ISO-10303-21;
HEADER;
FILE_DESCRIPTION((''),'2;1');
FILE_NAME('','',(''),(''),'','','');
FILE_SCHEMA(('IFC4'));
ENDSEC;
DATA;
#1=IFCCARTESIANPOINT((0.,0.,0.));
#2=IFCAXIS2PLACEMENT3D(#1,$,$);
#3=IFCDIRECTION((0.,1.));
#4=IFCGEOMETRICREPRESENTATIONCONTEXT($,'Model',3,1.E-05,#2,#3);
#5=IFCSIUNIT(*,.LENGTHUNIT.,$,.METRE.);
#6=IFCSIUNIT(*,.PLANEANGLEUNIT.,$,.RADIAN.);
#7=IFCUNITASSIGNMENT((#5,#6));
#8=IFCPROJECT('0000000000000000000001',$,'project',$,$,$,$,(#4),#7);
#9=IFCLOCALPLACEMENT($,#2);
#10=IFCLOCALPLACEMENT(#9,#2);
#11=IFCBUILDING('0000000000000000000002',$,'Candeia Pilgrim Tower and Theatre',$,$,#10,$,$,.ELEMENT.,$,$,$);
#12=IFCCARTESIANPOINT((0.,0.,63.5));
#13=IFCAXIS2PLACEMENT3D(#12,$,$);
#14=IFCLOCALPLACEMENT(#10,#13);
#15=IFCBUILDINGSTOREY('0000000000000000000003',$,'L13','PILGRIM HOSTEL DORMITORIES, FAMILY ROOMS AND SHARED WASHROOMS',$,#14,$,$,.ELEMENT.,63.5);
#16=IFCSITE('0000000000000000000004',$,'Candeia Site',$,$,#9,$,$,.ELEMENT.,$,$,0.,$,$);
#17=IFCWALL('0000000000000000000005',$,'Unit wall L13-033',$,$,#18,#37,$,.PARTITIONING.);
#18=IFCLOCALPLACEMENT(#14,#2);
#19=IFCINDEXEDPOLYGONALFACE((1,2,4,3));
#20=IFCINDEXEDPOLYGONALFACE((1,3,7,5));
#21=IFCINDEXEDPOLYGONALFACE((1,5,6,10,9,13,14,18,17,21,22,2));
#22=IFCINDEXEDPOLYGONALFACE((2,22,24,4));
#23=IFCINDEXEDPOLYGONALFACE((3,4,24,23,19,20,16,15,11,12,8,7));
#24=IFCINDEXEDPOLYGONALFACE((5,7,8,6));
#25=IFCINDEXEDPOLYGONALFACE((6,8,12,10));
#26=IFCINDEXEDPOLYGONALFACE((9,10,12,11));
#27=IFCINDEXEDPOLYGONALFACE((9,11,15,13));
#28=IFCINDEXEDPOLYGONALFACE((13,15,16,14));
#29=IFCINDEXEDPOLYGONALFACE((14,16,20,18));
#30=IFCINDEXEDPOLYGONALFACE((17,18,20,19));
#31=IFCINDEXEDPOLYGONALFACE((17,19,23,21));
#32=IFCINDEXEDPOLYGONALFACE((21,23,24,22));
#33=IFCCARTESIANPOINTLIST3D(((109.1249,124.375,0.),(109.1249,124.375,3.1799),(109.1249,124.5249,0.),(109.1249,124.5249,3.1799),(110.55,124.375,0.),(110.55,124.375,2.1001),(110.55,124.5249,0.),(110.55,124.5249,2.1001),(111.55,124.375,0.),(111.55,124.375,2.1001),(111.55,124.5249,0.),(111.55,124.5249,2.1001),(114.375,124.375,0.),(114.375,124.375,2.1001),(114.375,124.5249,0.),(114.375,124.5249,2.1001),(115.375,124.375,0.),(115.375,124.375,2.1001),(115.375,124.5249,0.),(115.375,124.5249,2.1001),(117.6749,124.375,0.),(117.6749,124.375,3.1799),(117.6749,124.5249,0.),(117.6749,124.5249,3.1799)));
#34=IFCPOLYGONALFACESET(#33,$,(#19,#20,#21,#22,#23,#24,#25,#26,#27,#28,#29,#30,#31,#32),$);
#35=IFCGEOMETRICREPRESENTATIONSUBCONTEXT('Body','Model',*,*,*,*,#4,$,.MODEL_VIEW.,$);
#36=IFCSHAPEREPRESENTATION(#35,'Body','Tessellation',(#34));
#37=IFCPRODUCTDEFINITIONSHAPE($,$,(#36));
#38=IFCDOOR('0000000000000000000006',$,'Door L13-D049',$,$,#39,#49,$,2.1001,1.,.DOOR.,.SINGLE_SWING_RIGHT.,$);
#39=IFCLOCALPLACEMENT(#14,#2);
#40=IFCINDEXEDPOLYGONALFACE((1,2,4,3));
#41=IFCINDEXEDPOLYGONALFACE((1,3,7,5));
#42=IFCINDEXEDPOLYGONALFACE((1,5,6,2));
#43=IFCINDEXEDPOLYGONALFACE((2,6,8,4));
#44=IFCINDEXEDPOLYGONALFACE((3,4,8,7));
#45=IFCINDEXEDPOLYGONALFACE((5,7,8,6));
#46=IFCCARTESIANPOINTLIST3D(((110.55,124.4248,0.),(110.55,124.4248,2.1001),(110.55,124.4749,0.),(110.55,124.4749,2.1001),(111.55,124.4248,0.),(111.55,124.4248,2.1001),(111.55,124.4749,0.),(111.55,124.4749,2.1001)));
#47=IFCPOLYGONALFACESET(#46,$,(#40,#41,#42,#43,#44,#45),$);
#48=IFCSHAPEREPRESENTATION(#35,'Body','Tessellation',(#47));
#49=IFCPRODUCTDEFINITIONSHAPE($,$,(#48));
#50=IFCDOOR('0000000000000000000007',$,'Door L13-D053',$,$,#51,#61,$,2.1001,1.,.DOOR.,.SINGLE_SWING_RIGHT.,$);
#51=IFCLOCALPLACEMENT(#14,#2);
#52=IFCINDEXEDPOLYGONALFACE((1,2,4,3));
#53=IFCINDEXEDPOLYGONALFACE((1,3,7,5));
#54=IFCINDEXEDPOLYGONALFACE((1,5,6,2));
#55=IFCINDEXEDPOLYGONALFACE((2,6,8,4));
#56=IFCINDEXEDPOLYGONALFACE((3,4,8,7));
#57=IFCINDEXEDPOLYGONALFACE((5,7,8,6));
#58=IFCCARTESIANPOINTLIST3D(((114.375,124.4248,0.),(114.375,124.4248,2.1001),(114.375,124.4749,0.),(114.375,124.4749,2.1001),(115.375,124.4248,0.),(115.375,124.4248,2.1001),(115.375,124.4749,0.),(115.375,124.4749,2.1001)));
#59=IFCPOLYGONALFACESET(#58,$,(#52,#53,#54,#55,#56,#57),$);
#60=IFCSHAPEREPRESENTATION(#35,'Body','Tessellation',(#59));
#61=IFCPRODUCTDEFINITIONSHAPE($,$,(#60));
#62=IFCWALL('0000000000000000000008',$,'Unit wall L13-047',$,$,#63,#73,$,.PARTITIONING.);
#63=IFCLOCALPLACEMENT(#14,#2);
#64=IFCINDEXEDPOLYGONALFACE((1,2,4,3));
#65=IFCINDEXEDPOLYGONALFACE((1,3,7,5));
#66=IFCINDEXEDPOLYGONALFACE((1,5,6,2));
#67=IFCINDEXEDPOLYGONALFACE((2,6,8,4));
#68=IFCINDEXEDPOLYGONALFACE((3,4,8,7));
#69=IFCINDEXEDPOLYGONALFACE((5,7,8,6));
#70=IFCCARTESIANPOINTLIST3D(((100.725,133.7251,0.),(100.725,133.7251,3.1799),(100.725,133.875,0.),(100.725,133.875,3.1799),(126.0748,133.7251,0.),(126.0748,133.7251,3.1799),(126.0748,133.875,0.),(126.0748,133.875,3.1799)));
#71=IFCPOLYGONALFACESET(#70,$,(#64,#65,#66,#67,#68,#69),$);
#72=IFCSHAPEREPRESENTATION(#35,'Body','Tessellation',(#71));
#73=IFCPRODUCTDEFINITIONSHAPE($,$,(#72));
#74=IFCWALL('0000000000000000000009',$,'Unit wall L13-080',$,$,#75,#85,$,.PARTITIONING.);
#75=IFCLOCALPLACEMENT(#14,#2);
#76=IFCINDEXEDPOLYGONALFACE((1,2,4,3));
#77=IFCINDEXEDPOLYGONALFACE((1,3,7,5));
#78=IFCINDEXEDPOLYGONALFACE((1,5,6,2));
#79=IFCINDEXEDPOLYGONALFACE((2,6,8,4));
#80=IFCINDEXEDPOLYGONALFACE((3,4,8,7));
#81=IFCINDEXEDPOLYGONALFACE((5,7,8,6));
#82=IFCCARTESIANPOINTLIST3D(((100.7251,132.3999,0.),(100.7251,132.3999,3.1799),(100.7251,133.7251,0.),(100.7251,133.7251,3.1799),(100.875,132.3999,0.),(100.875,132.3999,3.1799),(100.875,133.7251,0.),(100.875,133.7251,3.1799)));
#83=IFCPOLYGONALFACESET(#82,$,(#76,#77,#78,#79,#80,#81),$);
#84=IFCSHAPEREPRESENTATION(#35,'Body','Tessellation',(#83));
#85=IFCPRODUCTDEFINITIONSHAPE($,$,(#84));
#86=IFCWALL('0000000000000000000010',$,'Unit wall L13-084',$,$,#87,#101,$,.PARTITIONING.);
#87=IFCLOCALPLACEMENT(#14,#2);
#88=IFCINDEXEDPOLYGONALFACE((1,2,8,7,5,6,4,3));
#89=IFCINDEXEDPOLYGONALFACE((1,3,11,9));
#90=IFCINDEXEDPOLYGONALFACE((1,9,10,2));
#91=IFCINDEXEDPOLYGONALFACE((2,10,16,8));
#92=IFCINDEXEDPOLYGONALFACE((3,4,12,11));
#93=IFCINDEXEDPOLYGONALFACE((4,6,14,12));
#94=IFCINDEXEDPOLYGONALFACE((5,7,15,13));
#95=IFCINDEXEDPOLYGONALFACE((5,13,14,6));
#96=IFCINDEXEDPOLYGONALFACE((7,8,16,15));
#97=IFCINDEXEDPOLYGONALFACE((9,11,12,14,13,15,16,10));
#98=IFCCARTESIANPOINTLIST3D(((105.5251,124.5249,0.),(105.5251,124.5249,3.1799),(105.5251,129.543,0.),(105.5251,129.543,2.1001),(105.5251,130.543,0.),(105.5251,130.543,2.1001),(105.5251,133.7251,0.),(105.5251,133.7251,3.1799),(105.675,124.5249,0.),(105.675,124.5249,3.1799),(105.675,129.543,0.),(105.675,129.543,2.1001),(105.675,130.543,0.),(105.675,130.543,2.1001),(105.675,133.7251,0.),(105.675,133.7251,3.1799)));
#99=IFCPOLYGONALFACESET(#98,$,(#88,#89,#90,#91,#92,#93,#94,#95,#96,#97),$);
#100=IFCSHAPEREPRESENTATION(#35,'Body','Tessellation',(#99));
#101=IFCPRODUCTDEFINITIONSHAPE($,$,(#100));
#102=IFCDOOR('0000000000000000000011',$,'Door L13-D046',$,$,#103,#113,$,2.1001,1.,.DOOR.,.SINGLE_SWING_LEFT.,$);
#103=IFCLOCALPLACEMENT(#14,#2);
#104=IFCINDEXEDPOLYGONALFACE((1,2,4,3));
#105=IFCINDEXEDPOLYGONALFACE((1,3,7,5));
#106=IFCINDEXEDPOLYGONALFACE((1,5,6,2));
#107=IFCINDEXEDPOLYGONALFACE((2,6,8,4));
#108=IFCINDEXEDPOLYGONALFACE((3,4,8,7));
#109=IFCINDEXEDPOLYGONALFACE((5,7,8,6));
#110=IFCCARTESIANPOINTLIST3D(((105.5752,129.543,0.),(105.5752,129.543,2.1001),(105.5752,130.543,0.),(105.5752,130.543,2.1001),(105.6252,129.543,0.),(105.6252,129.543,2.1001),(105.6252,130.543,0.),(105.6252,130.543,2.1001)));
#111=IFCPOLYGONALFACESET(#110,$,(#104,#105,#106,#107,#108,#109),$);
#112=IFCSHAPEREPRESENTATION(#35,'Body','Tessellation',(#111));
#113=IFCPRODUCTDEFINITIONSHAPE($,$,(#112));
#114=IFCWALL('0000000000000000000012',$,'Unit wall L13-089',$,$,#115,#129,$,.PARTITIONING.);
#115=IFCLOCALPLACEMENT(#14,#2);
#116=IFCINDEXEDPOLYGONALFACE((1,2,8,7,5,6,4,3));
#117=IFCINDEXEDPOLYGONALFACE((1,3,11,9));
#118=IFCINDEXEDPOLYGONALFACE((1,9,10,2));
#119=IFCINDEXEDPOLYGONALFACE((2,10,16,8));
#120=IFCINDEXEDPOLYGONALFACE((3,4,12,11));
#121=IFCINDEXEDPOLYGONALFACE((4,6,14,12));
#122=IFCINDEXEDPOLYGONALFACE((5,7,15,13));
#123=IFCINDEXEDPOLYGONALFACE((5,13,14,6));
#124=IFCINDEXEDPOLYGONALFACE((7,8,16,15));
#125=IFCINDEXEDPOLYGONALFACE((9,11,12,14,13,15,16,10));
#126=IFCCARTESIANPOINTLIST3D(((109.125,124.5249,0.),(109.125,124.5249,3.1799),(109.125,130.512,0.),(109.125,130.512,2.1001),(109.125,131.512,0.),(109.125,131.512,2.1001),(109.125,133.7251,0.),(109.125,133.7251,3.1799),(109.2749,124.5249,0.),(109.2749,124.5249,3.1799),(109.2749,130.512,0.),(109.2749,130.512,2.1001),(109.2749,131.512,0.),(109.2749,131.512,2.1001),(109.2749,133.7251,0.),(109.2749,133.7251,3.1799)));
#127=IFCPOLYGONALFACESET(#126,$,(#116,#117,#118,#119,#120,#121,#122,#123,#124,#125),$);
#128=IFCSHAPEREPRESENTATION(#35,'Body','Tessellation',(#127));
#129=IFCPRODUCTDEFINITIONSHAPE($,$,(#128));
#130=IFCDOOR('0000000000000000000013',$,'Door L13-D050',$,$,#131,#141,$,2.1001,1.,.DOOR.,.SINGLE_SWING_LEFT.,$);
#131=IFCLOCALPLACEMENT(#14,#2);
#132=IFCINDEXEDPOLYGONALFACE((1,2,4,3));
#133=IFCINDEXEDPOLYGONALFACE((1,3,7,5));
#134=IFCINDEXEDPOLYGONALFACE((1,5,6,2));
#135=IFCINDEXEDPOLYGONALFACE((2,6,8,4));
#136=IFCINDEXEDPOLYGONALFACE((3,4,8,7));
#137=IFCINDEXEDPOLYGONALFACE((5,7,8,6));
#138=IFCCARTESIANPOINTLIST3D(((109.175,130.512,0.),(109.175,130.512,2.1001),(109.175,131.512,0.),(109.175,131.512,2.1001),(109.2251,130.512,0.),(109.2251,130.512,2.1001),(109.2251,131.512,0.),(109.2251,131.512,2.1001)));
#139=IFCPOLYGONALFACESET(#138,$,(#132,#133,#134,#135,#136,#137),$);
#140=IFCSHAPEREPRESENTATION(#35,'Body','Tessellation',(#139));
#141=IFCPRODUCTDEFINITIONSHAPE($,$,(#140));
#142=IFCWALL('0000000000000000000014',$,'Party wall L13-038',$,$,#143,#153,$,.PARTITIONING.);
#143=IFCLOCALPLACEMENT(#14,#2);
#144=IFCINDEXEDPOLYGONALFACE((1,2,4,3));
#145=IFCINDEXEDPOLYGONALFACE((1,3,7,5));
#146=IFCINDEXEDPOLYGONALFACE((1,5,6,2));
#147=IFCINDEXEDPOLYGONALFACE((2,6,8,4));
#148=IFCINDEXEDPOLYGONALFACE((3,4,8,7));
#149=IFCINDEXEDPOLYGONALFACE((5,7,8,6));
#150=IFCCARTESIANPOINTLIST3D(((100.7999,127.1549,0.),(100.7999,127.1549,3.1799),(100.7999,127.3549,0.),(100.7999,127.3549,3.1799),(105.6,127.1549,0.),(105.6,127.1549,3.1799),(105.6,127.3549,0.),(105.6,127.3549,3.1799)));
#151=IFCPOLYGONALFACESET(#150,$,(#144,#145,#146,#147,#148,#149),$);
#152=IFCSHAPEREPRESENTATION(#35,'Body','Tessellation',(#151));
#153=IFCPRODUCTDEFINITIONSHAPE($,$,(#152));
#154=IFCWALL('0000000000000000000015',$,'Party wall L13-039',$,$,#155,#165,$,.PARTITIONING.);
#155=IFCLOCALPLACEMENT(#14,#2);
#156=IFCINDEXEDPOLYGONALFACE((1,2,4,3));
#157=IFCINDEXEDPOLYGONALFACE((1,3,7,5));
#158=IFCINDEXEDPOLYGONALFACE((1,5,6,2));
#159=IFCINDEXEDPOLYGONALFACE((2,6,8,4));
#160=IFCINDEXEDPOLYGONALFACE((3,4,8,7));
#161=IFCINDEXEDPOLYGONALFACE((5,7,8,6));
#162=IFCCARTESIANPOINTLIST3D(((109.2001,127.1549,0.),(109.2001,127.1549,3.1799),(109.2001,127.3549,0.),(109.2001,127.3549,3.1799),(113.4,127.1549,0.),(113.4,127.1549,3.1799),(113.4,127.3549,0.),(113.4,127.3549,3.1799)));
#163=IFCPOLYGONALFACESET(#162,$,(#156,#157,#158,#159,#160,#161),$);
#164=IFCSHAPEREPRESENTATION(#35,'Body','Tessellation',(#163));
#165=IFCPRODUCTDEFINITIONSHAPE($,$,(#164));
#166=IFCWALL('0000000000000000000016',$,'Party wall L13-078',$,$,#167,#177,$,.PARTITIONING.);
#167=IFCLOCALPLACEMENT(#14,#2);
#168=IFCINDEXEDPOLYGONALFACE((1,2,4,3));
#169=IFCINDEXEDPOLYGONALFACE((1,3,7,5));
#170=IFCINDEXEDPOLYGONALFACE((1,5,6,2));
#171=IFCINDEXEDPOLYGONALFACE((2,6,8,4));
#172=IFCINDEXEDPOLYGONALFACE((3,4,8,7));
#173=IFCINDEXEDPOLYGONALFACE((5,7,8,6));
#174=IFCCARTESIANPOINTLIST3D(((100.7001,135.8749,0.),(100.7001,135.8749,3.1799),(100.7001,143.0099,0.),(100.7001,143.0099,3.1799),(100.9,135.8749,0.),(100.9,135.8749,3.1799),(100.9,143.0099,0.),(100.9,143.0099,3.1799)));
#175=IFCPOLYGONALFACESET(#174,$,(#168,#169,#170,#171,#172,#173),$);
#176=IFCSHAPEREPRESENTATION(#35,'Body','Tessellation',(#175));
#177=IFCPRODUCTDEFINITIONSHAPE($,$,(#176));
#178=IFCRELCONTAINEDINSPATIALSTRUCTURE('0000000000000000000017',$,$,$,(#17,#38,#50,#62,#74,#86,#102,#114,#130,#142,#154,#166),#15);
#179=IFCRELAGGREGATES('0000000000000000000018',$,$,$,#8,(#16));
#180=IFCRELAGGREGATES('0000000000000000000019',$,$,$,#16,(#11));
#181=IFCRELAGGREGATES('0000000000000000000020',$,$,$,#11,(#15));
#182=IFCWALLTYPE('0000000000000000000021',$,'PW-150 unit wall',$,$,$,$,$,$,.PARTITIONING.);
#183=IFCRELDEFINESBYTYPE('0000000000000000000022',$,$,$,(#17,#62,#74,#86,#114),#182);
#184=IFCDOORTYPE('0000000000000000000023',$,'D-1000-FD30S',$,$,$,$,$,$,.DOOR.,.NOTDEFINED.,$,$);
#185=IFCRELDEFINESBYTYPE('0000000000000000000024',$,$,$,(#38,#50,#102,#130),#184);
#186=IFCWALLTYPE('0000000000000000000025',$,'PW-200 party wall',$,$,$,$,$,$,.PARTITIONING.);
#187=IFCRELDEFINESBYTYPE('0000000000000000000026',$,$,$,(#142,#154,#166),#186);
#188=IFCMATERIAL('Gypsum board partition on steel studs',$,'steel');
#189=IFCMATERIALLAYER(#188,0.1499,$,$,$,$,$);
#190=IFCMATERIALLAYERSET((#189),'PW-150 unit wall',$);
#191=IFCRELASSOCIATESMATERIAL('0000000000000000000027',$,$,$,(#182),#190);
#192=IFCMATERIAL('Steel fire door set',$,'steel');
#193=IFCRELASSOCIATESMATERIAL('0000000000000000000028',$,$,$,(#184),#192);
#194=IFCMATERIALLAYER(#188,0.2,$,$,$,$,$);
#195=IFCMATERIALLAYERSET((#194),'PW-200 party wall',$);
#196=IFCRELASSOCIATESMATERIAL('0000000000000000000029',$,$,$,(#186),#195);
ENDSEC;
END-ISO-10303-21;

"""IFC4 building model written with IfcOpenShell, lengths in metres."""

from ifc_helpers import new_model, si_unit, direction, frame, frame_2d, origin, place, context, subcontext, project, spatial, rectangle, extrude, material, layer, layer_set, type_object, element, fill, save


model = new_model("IFC4")

# Units and contexts
model_context = context("Model", 3, precision=1e-05, world=origin(), true_north=direction((0.0, 1.0)))
body_context = subcontext(model_context, "Body", "Model", "MODEL_VIEW")
ifc_project = project(units=[si_unit("LENGTHUNIT", "METRE"), si_unit("PLANEANGLEUNIT", "RADIAN")], contexts=[model_context])

# Site, building, storey
site_placement = place(None, origin())
site = spatial("IfcSite", under=ifc_project, at=site_placement, Name="Candeia Site", CompositionType="ELEMENT", RefElevation=0.0)
building_placement = place(site_placement, origin())
building = spatial("IfcBuilding", under=site, at=building_placement, Name="Candeia Pilgrim Tower and Theatre", CompositionType="ELEMENT")
storey_placement = place(building_placement, frame((0.0, 0.0, 63.5)))
storey = spatial("IfcBuildingStorey", under=building, at=storey_placement, Name="L13", Description="PILGRIM HOSTEL DORMITORIES, FAMILY ROOMS AND SHARED WASHROOMS", CompositionType="ELEMENT", Elevation=63.5)

# Shared definitions
ifc_material_1 = material(Name="Steel fire door set", Category="steel")
ifc_material_2 = material(Name="Gypsum board partition on steel studs", Category="steel")

# Shared definitions
ifc_layer_1 = layer(ifc_material_2, 0.1499)
ifc_layer_set_1 = layer_set([ifc_layer_1], Name="PW-150 unit wall")
wall_type_1 = type_object("IfcWallType", Name="PW-150 unit wall", PredefinedType="PARTITIONING", material=ifc_layer_set_1)

# Shared definitions
door_type_1 = type_object("IfcDoorType", Name="D-1000-FD30S", OperationType="NOTDEFINED", PredefinedType="DOOR", material=ifc_material_1)

# Wall, openings, doors
wall_1_placement = place(storey_placement, frame((109.125, 124.45, 0.0), z_axis=(0.0, 0.0, 1.0), x_axis=(1.0, 0.0, 0.0)))
wall_1 = element("IfcWall", 1, at=wall_1_placement, inside=storey, type_object=wall_type_1, Name="Unit wall L13-033", PredefinedType="PARTITIONING", context=body_context, shape_type="SweptSolid", body=[
    extrude(rectangle(XDim=8.55, YDim=0.1499, at=frame_2d((4.2749, 0.0))), origin(), (0.0, 0.0, 1.0), 3.1799),
])
opening_1_placement = place(wall_1_placement, frame((1.425, 0.0, 0.0)))
opening_1 = element("IfcOpeningElement", 2, at=opening_1_placement, cuts=wall_1, PredefinedType="OPENING", context=body_context, shape_type="SweptSolid", body=[
    extrude(rectangle(XDim=1.0, YDim=2.1001, at=frame_2d((0.5, 1.05))), frame((0.0, 0.085, 0.0), z_axis=(0.0, -1.0, 0.0), x_axis=(1.0, 0.0, 0.0)), (0.0, 0.0, 1.0), 0.1699),
])
opening_2_placement = place(wall_1_placement, frame((5.25, 0.0, 0.0)))
opening_2 = element("IfcOpeningElement", 3, at=opening_2_placement, cuts=wall_1, PredefinedType="OPENING", context=body_context, shape_type="SweptSolid", body=[
    extrude(rectangle(XDim=1.0, YDim=2.1001, at=frame_2d((0.5, 1.05))), frame((0.0, 0.085, 0.0), z_axis=(0.0, -1.0, 0.0), x_axis=(1.0, 0.0, 0.0)), (0.0, 0.0, 1.0), 0.1699),
])
door_1_placement = place(opening_1_placement, origin())
door_1 = element("IfcDoor", 4, at=door_1_placement, inside=storey, type_object=door_type_1, Name="Door L13-D049", OperationType="SINGLE_SWING_RIGHT", OverallHeight=2.1001, OverallWidth=1.0, PredefinedType="DOOR", context=body_context, shape_type="SweptSolid", body=[
    extrude(rectangle(XDim=1.0, YDim=2.1001, at=frame_2d((0.5, 1.05))), frame((0.0, 0.0249, 0.0), z_axis=(0.0, -1.0, 0.0), x_axis=(1.0, 0.0, 0.0)), (0.0, 0.0, 1.0), 0.05),
])
fill(opening_1, door_1)
door_2_placement = place(opening_2_placement, origin())
door_2 = element("IfcDoor", 5, at=door_2_placement, inside=storey, type_object=door_type_1, Name="Door L13-D053", OperationType="SINGLE_SWING_RIGHT", OverallHeight=2.1001, OverallWidth=1.0, PredefinedType="DOOR", context=body_context, shape_type="SweptSolid", body=[
    extrude(rectangle(XDim=1.0, YDim=2.1001, at=frame_2d((0.5, 1.05))), frame((0.0, 0.0249, 0.0), z_axis=(0.0, -1.0, 0.0), x_axis=(1.0, 0.0, 0.0)), (0.0, 0.0, 1.0), 0.05),
])
fill(opening_2, door_2)

# Walls
wall_2_placement = place(storey_placement, frame((100.7251, 133.8, 0.0), z_axis=(0.0, 0.0, 1.0), x_axis=(1.0, 0.0, 0.0)))
element("IfcWall", 6, at=wall_2_placement, inside=storey, type_object=wall_type_1, Name="Unit wall L13-047", PredefinedType="PARTITIONING", context=body_context, shape_type="SweptSolid", body=[
    extrude(rectangle(XDim=25.3499, YDim=0.1499, at=frame_2d((12.6748, 0.0))), origin(), (0.0, 0.0, 1.0), 3.1799),
])
wall_3_placement = place(storey_placement, frame((100.8, 132.3999, 0.0), z_axis=(0.0, 0.0, 1.0), x_axis=(0.0, 1.0, 0.0)))
element("IfcWall", 7, at=wall_3_placement, inside=storey, type_object=wall_type_1, Name="Unit wall L13-080", PredefinedType="PARTITIONING", context=body_context, shape_type="SweptSolid", body=[
    extrude(rectangle(XDim=1.3252, YDim=0.1499, at=frame_2d((0.6626, 0.0))), origin(), (0.0, 0.0, 1.0), 3.1799),
])

# Walls, openings, doors
wall_4_placement = place(storey_placement, frame((105.6001, 124.5249, 0.0), z_axis=(0.0, 0.0, 1.0), x_axis=(0.0, 1.0, 0.0)))
wall_4 = element("IfcWall", 8, at=wall_4_placement, inside=storey, type_object=wall_type_1, Name="Unit wall L13-084", PredefinedType="PARTITIONING", context=body_context, shape_type="SweptSolid", body=[
    extrude(rectangle(XDim=9.2002, YDim=0.1499, at=frame_2d((4.6001, 0.0))), origin(), (0.0, 0.0, 1.0), 3.1799),
])
opening_3_placement = place(wall_4_placement, frame((5.0181, 0.0, 0.0)))
opening_3 = element("IfcOpeningElement", 9, at=opening_3_placement, cuts=wall_4, PredefinedType="OPENING", context=body_context, shape_type="SweptSolid", body=[
    extrude(rectangle(XDim=1.0, YDim=2.1001, at=frame_2d((0.5, 1.05))), frame((0.0, 0.085, 0.0), z_axis=(0.0, -1.0, 0.0), x_axis=(1.0, 0.0, 0.0)), (0.0, 0.0, 1.0), 0.1699),
])
door_3_placement = place(opening_3_placement, origin())
door_3 = element("IfcDoor", 10, at=door_3_placement, inside=storey, type_object=door_type_1, Name="Door L13-D046", OperationType="SINGLE_SWING_LEFT", OverallHeight=2.1001, OverallWidth=1.0, PredefinedType="DOOR", context=body_context, shape_type="SweptSolid", body=[
    extrude(rectangle(XDim=1.0, YDim=2.1001, at=frame_2d((0.5, 1.05))), frame((0.0, 0.0249, 0.0), z_axis=(0.0, -1.0, 0.0), x_axis=(1.0, 0.0, 0.0)), (0.0, 0.0, 1.0), 0.05),
])
fill(opening_3, door_3)
wall_5_placement = place(storey_placement, frame((109.2, 124.5249, 0.0), z_axis=(0.0, 0.0, 1.0), x_axis=(0.0, 1.0, 0.0)))
wall_5 = element("IfcWall", 11, at=wall_5_placement, inside=storey, type_object=wall_type_1, Name="Unit wall L13-089", PredefinedType="PARTITIONING", context=body_context, shape_type="SweptSolid", body=[
    extrude(rectangle(XDim=9.2002, YDim=0.1499, at=frame_2d((4.6001, 0.0))), origin(), (0.0, 0.0, 1.0), 3.1799),
])
opening_4_placement = place(wall_5_placement, frame((5.9871, 0.0, 0.0)))
opening_4 = element("IfcOpeningElement", 12, at=opening_4_placement, cuts=wall_5, PredefinedType="OPENING", context=body_context, shape_type="SweptSolid", body=[
    extrude(rectangle(XDim=1.0, YDim=2.1001, at=frame_2d((0.5, 1.05))), frame((0.0, 0.085, 0.0), z_axis=(0.0, -1.0, 0.0), x_axis=(1.0, 0.0, 0.0)), (0.0, 0.0, 1.0), 0.1699),
])
door_4_placement = place(opening_4_placement, origin())
door_4 = element("IfcDoor", 13, at=door_4_placement, inside=storey, type_object=door_type_1, Name="Door L13-D050", OperationType="SINGLE_SWING_LEFT", OverallHeight=2.1001, OverallWidth=1.0, PredefinedType="DOOR", context=body_context, shape_type="SweptSolid", body=[
    extrude(rectangle(XDim=1.0, YDim=2.1001, at=frame_2d((0.5, 1.05))), frame((0.0, 0.0249, 0.0), z_axis=(0.0, -1.0, 0.0), x_axis=(1.0, 0.0, 0.0)), (0.0, 0.0, 1.0), 0.05),
])
fill(opening_4, door_4)

# Walls
ifc_layer_2 = layer(ifc_material_2, 0.2)
ifc_layer_set_2 = layer_set([ifc_layer_2], Name="PW-200 party wall")
wall_type_2 = type_object("IfcWallType", Name="PW-200 party wall", PredefinedType="PARTITIONING", material=ifc_layer_set_2)
wall_6_placement = place(storey_placement, frame((100.8, 127.2549, 0.0), z_axis=(0.0, 0.0, 1.0), x_axis=(1.0, 0.0, 0.0)))
element("IfcWall", 14, at=wall_6_placement, inside=storey, type_object=wall_type_2, Name="Party wall L13-038", PredefinedType="PARTITIONING", context=body_context, shape_type="SweptSolid", body=[
    extrude(rectangle(XDim=4.8, YDim=0.2, at=frame_2d((2.3999, 0.0))), origin(), (0.0, 0.0, 1.0), 3.1799),
])
wall_7_placement = place(storey_placement, frame((109.2, 127.2549, 0.0), z_axis=(0.0, 0.0, 1.0), x_axis=(1.0, 0.0, 0.0)))
element("IfcWall", 15, at=wall_7_placement, inside=storey, type_object=wall_type_2, Name="Party wall L13-039", PredefinedType="PARTITIONING", context=body_context, shape_type="SweptSolid", body=[
    extrude(rectangle(XDim=4.2, YDim=0.2, at=frame_2d((2.1001, 0.0))), origin(), (0.0, 0.0, 1.0), 3.1799),
])
wall_8_placement = place(storey_placement, frame((100.8, 135.875, 0.0), z_axis=(0.0, 0.0, 1.0), x_axis=(0.0, 1.0, 0.0)))
element("IfcWall", 16, at=wall_8_placement, inside=storey, type_object=wall_type_2, Name="Party wall L13-078", PredefinedType="PARTITIONING", context=body_context, shape_type="SweptSolid", body=[
    extrude(rectangle(XDim=7.135, YDim=0.2, at=frame_2d((3.5674, 0.0))), origin(), (0.0, 0.0, 1.0), 3.1799),
])

save(model, "model.ifc")
